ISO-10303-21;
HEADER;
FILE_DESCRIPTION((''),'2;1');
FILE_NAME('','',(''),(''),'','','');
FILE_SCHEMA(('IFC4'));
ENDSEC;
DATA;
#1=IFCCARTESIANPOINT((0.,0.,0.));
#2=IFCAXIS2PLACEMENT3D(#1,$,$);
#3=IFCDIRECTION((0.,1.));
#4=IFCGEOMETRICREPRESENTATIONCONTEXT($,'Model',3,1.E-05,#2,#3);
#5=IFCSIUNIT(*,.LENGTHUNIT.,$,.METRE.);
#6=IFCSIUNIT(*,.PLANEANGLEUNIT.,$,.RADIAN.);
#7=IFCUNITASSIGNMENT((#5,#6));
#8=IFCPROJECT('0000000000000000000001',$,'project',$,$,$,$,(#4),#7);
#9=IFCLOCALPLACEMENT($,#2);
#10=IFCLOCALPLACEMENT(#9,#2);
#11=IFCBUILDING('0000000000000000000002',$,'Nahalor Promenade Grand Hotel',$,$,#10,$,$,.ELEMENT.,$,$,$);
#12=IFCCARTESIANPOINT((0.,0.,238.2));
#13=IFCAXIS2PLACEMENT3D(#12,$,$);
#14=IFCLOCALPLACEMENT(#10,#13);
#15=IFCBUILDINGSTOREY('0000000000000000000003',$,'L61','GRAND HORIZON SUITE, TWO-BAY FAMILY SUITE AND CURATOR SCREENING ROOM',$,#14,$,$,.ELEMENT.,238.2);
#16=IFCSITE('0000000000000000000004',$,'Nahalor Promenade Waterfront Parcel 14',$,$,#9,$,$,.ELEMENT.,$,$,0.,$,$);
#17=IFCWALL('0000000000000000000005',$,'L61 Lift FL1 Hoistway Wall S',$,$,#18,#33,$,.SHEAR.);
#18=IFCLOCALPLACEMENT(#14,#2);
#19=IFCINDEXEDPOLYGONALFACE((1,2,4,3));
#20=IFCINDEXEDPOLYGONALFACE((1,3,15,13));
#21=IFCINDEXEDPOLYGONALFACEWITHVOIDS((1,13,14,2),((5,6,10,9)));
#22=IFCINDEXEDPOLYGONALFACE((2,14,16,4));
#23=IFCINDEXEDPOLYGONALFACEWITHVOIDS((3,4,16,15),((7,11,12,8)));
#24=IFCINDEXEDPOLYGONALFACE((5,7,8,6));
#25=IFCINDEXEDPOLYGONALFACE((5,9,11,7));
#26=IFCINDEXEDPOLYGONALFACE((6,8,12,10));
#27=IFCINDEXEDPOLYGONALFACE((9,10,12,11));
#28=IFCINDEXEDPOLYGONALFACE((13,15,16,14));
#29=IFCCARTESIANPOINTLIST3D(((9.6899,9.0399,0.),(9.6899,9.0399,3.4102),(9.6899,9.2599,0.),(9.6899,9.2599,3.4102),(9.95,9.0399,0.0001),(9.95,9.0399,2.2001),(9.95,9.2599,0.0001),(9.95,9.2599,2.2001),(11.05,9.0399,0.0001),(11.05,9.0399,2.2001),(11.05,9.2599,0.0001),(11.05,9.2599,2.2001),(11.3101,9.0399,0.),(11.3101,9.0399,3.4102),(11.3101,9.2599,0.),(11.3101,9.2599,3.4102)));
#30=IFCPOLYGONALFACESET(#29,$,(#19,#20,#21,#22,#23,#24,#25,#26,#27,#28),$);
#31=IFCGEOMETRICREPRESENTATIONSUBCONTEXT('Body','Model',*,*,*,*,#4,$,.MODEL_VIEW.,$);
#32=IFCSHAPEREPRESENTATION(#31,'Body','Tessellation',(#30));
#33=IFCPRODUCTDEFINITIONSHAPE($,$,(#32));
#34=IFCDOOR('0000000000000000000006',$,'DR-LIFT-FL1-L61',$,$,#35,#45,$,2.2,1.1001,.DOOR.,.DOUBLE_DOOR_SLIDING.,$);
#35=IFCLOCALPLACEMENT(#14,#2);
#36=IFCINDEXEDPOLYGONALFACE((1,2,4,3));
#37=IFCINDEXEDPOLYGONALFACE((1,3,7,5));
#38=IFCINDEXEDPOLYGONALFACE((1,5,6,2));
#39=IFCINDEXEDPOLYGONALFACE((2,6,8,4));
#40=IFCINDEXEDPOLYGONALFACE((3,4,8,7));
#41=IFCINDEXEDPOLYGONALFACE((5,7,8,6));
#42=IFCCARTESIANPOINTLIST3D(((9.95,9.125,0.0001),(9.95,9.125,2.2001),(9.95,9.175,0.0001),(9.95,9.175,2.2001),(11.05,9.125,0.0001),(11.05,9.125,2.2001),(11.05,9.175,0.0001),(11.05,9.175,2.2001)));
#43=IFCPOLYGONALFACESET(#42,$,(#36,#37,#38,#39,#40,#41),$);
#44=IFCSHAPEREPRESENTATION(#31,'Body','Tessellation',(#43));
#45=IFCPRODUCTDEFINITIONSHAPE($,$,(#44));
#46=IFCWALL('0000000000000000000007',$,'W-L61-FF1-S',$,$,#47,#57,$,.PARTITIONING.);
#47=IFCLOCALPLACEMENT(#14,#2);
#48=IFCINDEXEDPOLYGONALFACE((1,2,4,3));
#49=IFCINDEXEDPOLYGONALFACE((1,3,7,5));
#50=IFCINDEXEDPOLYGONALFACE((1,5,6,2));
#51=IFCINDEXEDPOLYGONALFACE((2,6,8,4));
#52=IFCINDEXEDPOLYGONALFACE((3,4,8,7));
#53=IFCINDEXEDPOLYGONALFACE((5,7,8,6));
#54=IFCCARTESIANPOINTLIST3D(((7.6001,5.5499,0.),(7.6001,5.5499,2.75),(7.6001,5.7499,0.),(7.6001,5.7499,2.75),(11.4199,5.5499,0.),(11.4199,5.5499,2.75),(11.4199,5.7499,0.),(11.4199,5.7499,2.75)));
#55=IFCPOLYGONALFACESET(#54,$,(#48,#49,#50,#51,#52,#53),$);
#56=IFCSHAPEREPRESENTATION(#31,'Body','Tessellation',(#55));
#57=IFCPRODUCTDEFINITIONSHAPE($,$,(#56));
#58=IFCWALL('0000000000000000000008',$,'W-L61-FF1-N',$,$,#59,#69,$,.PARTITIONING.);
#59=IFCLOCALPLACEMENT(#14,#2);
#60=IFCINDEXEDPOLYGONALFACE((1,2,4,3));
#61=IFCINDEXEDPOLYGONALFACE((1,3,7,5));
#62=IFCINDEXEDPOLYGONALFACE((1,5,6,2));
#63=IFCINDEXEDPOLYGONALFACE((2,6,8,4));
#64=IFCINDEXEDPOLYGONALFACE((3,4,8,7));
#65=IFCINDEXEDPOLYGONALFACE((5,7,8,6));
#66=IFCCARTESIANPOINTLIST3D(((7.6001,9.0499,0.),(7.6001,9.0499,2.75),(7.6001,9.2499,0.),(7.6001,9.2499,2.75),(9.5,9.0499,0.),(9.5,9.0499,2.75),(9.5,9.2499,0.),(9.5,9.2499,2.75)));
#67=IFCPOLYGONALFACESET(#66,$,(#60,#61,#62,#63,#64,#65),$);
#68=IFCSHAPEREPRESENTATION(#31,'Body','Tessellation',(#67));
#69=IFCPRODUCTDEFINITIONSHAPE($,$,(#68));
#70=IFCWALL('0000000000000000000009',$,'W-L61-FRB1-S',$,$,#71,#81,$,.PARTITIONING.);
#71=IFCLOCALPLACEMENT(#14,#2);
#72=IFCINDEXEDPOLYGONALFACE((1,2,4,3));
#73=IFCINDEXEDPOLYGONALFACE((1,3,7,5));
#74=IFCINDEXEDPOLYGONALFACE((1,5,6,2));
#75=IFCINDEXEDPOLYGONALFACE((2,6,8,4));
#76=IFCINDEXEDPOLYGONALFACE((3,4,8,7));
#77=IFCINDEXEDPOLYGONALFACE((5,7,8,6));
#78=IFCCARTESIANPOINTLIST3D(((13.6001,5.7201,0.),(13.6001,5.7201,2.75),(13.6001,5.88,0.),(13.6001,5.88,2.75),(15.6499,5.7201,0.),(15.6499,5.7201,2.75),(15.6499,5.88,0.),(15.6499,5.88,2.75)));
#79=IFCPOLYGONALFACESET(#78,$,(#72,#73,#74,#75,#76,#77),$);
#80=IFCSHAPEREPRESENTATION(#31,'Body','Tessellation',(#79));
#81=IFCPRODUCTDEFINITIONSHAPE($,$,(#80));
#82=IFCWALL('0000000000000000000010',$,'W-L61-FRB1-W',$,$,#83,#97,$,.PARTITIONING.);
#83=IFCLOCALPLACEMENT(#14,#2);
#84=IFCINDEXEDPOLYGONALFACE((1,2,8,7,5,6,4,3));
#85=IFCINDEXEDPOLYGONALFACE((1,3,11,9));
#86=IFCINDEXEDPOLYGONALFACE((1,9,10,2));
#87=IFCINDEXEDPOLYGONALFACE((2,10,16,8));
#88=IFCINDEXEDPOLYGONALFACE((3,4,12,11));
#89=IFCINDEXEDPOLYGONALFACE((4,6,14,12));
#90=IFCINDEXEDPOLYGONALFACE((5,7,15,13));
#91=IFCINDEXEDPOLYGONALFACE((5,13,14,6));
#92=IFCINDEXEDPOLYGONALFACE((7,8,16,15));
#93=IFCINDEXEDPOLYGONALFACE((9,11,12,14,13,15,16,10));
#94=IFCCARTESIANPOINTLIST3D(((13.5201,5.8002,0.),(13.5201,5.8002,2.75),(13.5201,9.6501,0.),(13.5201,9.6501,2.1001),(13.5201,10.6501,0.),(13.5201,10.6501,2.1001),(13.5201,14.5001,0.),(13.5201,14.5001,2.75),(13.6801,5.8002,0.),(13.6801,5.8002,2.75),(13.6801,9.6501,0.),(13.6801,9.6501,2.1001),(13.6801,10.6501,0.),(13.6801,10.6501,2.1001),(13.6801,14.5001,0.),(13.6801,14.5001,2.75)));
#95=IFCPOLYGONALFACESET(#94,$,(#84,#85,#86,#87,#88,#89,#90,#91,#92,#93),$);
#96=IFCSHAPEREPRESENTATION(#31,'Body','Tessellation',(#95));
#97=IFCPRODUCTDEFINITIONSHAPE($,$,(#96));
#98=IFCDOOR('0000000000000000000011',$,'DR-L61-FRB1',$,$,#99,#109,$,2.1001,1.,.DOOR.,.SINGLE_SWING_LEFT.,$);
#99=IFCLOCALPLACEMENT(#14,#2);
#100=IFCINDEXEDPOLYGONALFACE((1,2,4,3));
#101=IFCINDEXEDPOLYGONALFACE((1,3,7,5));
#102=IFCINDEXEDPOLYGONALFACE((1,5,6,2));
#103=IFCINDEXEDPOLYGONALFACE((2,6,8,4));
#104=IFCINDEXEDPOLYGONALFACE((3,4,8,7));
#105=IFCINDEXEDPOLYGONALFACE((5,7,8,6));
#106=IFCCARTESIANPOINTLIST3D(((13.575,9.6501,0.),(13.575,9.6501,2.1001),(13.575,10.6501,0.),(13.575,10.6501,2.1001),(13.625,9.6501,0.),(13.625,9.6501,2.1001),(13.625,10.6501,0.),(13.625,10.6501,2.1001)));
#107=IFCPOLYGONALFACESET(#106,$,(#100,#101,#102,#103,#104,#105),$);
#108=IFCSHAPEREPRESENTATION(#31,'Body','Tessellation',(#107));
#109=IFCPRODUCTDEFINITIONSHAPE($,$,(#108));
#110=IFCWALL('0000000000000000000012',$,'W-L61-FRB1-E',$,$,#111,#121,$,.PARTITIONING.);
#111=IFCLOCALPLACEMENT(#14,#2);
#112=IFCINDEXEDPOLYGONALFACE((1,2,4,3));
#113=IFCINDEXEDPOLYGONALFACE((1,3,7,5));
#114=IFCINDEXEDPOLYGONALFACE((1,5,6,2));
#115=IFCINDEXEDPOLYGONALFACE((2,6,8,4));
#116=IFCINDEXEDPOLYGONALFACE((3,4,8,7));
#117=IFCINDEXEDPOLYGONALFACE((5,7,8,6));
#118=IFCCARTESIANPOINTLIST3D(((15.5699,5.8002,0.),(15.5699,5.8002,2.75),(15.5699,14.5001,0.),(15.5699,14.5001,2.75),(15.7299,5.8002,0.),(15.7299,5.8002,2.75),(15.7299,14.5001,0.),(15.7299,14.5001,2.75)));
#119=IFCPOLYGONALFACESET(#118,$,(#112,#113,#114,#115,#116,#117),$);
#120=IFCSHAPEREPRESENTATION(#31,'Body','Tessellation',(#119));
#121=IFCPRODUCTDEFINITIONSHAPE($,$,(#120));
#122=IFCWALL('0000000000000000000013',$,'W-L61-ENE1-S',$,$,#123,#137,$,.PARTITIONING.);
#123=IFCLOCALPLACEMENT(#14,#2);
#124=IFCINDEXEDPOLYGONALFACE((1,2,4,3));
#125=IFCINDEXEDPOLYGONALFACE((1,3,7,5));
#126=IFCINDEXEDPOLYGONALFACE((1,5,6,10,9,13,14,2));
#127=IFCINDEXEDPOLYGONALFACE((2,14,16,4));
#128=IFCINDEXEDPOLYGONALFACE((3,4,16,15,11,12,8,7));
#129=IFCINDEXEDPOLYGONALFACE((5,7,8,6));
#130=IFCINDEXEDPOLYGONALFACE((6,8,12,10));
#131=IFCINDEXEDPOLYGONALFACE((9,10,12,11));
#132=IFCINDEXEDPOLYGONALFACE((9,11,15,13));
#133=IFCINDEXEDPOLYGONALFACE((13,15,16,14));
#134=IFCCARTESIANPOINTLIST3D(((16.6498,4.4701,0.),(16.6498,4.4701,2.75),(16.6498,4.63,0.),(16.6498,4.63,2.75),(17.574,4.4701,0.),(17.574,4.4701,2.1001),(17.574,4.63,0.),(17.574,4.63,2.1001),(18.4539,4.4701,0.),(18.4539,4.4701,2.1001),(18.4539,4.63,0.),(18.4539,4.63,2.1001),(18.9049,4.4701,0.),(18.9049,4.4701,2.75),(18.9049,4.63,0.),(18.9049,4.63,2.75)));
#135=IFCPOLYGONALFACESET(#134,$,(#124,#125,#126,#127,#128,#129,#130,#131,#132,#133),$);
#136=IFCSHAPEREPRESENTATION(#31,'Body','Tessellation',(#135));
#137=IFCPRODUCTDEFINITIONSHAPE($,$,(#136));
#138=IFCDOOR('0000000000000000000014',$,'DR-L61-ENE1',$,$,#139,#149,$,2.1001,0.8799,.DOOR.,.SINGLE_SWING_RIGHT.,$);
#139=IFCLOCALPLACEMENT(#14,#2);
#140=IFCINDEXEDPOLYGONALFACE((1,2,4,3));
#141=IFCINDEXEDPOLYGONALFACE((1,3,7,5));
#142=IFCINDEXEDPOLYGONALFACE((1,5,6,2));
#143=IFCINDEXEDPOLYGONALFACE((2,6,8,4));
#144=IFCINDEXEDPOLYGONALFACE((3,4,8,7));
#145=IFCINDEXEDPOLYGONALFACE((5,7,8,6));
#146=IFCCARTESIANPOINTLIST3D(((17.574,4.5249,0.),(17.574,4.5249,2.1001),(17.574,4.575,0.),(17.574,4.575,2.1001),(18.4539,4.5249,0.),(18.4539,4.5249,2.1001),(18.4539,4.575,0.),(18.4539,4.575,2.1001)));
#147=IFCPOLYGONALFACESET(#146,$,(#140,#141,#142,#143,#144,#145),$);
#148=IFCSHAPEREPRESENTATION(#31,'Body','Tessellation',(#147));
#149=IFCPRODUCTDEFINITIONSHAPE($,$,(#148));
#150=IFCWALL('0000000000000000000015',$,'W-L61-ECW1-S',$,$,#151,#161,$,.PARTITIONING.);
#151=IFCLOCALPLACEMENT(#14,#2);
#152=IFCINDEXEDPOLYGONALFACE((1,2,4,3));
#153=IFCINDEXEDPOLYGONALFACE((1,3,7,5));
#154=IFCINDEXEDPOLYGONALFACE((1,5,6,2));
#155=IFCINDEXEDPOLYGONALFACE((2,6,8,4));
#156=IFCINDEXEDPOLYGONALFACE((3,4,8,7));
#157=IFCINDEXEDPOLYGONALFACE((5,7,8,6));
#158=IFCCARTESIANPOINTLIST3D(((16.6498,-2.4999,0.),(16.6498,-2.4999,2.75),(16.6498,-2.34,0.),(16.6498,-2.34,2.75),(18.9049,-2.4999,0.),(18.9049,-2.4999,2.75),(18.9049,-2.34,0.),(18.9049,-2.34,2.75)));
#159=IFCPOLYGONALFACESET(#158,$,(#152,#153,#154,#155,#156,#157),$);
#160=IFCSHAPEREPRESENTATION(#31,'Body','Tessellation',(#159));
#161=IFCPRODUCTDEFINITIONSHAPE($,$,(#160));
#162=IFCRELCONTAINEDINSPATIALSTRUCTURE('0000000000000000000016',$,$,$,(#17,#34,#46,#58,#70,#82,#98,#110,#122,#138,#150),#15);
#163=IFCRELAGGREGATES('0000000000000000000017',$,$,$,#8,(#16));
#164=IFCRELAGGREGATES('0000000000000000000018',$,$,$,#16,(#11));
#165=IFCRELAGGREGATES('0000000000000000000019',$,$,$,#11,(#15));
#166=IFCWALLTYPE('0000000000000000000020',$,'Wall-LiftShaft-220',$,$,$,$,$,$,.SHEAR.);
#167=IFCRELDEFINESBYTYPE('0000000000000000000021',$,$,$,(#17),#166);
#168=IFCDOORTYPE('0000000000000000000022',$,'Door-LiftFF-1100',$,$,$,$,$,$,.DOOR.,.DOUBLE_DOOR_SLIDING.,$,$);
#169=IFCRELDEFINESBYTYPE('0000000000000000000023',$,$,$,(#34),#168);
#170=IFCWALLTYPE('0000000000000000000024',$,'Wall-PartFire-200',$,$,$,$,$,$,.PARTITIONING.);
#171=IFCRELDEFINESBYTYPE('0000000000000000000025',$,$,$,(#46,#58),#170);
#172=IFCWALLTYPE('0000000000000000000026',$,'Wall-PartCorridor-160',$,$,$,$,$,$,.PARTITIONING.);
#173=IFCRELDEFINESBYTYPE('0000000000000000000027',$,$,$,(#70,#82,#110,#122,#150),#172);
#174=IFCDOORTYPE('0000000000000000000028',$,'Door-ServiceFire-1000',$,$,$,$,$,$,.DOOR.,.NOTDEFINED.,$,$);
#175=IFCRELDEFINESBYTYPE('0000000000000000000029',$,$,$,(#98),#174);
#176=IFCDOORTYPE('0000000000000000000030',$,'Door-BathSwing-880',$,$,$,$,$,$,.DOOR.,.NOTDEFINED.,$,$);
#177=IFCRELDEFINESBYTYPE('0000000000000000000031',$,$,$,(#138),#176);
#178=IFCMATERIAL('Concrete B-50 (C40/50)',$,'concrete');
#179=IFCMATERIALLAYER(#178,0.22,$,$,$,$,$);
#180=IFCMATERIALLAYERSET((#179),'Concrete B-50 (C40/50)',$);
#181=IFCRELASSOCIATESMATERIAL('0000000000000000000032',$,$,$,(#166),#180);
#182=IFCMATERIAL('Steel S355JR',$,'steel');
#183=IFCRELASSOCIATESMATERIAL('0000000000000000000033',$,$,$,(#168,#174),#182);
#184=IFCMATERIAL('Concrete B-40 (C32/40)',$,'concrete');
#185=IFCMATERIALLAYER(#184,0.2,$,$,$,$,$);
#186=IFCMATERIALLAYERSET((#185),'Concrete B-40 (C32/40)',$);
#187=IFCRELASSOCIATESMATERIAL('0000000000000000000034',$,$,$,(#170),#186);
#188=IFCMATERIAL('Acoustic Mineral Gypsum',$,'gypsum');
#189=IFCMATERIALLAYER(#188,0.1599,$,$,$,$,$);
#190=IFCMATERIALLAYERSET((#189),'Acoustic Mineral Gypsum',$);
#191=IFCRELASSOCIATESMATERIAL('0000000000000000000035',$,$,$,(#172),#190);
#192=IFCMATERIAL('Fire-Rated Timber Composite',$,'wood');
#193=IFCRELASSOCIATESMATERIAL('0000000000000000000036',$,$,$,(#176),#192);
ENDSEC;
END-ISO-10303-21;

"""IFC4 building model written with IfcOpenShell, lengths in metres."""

from ifc_helpers import new_model, si_unit, direction, frame, frame_2d, origin, place, context, subcontext, project, spatial, rectangle, extrude, source, transform, mapped, material, layer, layer_set, type_object, element, fill, save


model = new_model("IFC4")

# Units and contexts
model_context = context("Model", 3, precision=1e-05, world=origin(), true_north=direction((0.0, 1.0)))
body_context = subcontext(model_context, "Body", "Model", "MODEL_VIEW")
ifc_project = project(units=[si_unit("LENGTHUNIT", "METRE"), si_unit("PLANEANGLEUNIT", "RADIAN")], contexts=[model_context])

# Site, building, storey
site_placement = place(None, origin())
site = spatial("IfcSite", under=ifc_project, at=site_placement, Name="Nahalor Promenade Waterfront Parcel 14", CompositionType="ELEMENT", RefElevation=0.0)
building_placement = place(site_placement, origin())
building = spatial("IfcBuilding", under=site, at=building_placement, Name="Nahalor Promenade Grand Hotel", CompositionType="ELEMENT")
storey_placement = place(building_placement, frame((0.0, 0.0, 238.2)))
storey = spatial("IfcBuildingStorey", under=building, at=storey_placement, Name="L61", Description="GRAND HORIZON SUITE, TWO-BAY FAMILY SUITE AND CURATOR SCREENING ROOM", CompositionType="ELEMENT", Elevation=238.2)

# Shared definitions
ifc_material_1 = material(Name="Steel S355JR", Category="steel")

# Shared definitions
ifc_material_2 = material(Name="Concrete B-50 (C40/50)", Category="concrete")

# Shared definitions
ifc_layer_1 = layer(ifc_material_2, 0.22)
ifc_layer_set_1 = layer_set([ifc_layer_1], Name="Concrete B-50 (C40/50)")
wall_type_1 = type_object("IfcWallType", Name="Wall-LiftShaft-220", PredefinedType="SHEAR", material=ifc_layer_set_1)

# Wall, opening, door
shared_shape_1 = source(origin(), body_context, "Body", "SweptSolid", [
    extrude(rectangle(XDim=1.6201, YDim=0.22, at=frame_2d((0.8101, 0.0))), origin(), (0.0, 0.0, 1.0), 3.4102),
])
wall_1_placement = place(storey_placement, frame((9.6899, 9.1499, 0.0), z_axis=(0.0, 0.0, 1.0), x_axis=(1.0, 0.0, 0.0)))
wall_1 = element("IfcWall", 1, at=wall_1_placement, inside=storey, type_object=wall_type_1, Name="L61 Lift FL1 Hoistway Wall S", PredefinedType="SHEAR", context=body_context, shape_type="MappedRepresentation", body=[
    mapped(shared_shape_1, transform((0.0, 0.0, 0.0), scale=1.0)),
])
opening_1_placement = place(wall_1_placement, frame((0.26, 0.0, 0.0)))
opening_1 = element("IfcOpeningElement", 2, at=opening_1_placement, cuts=wall_1, PredefinedType="OPENING", context=body_context, shape_type="SweptSolid", body=[
    extrude(rectangle(XDim=1.1001, YDim=2.2, at=frame_2d((0.55, 1.1001))), frame((0.0, 0.1199, 0.0), z_axis=(0.0, -1.0, 0.0), x_axis=(1.0, 0.0, 0.0)), (0.0, 0.0, 1.0), 0.24),
])
door_type_1 = type_object("IfcDoorType", Name="Door-LiftFF-1100", OperationType="DOUBLE_DOOR_SLIDING", PredefinedType="DOOR", material=ifc_material_1)
shared_shape_2 = source(origin(), body_context, "Body", "SweptSolid", [
    extrude(rectangle(XDim=1.1001, YDim=2.2, at=frame_2d((0.55, 1.1001))), frame((0.0, 0.0249, 0.0), z_axis=(0.0, -1.0, 0.0), x_axis=(1.0, 0.0, 0.0)), (0.0, 0.0, 1.0), 0.05),
])
door_1_placement = place(opening_1_placement, frame((1.1001, 0.0, 0.0), z_axis=(0.0, 0.0, 1.0), x_axis=(-1.0, 0.0, 0.0)))
door_1 = element("IfcDoor", 3, at=door_1_placement, inside=storey, type_object=door_type_1, Name="DR-LIFT-FL1-L61", OperationType="DOUBLE_DOOR_SLIDING", OverallHeight=2.2, OverallWidth=1.1001, PredefinedType="DOOR", context=body_context, shape_type="MappedRepresentation", body=[
    mapped(shared_shape_2, transform((0.0, 0.0, 0.0), scale=1.0)),
])
fill(opening_1, door_1)

# Walls
ifc_material_3 = material(Name="Concrete B-40 (C32/40)", Category="concrete")
ifc_layer_2 = layer(ifc_material_3, 0.2)
ifc_layer_set_2 = layer_set([ifc_layer_2], Name="Concrete B-40 (C32/40)")
wall_type_2 = type_object("IfcWallType", Name="Wall-PartFire-200", PredefinedType="PARTITIONING", material=ifc_layer_set_2)
shared_shape_3 = source(origin(), body_context, "Body", "SweptSolid", [
    extrude(rectangle(XDim=3.8198, YDim=0.2, at=frame_2d((1.9099, 0.0))), origin(), (0.0, 0.0, 1.0), 2.75),
])
wall_2_placement = place(storey_placement, frame((7.6001, 5.6499, 0.0), z_axis=(0.0, 0.0, 1.0), x_axis=(1.0, 0.0, 0.0)))
element("IfcWall", 4, at=wall_2_placement, inside=storey, type_object=wall_type_2, Name="W-L61-FF1-S", PredefinedType="PARTITIONING", context=body_context, shape_type="MappedRepresentation", body=[
    mapped(shared_shape_3, transform((0.0, 0.0, 0.0), scale=1.0)),
])
shared_shape_4 = source(origin(), body_context, "Body", "SweptSolid", [
    extrude(rectangle(XDim=1.8999, YDim=0.2, at=frame_2d((0.95, 0.0))), origin(), (0.0, 0.0, 1.0), 2.75),
])
wall_3_placement = place(storey_placement, frame((7.6001, 9.1499, 0.0), z_axis=(0.0, 0.0, 1.0), x_axis=(1.0, 0.0, 0.0)))
element("IfcWall", 5, at=wall_3_placement, inside=storey, type_object=wall_type_2, Name="W-L61-FF1-N", PredefinedType="PARTITIONING", context=body_context, shape_type="MappedRepresentation", body=[
    mapped(shared_shape_4, transform((0.0, 0.0, 0.0), scale=1.0)),
])

# Wall
ifc_material_4 = material(Name="Acoustic Mineral Gypsum", Category="gypsum")
ifc_layer_3 = layer(ifc_material_4, 0.1599)
ifc_layer_set_3 = layer_set([ifc_layer_3], Name="Acoustic Mineral Gypsum")
wall_type_3 = type_object("IfcWallType", Name="Wall-PartCorridor-160", PredefinedType="PARTITIONING", material=ifc_layer_set_3)
shared_shape_5 = source(origin(), body_context, "Body", "SweptSolid", [
    extrude(rectangle(XDim=2.0498, YDim=0.1599, at=frame_2d((1.0249, 0.0))), origin(), (0.0, 0.0, 1.0), 2.75),
])
wall_4_placement = place(storey_placement, frame((13.6001, 5.8, 0.0), z_axis=(0.0, 0.0, 1.0), x_axis=(1.0, 0.0, 0.0)))
element("IfcWall", 6, at=wall_4_placement, inside=storey, type_object=wall_type_3, Name="W-L61-FRB1-S", PredefinedType="PARTITIONING", context=body_context, shape_type="MappedRepresentation", body=[
    mapped(shared_shape_5, transform((0.0, 0.0, 0.0), scale=1.0)),
])

# Wall, opening, door
shared_shape_6 = source(origin(), body_context, "Body", "SweptSolid", [
    extrude(rectangle(XDim=8.7, YDim=0.1599, at=frame_2d((4.3501, 0.0))), origin(), (0.0, 0.0, 1.0), 2.75),
])
wall_5_placement = place(storey_placement, frame((13.6001, 5.8, 0.0), z_axis=(0.0, 0.0, 1.0), x_axis=(0.0, 1.0, 0.0)))
wall_5 = element("IfcWall", 7, at=wall_5_placement, inside=storey, type_object=wall_type_3, Name="W-L61-FRB1-W", PredefinedType="PARTITIONING", context=body_context, shape_type="MappedRepresentation", body=[
    mapped(shared_shape_6, transform((0.0, 0.0, 0.0), scale=1.0)),
])
opening_2_placement = place(wall_5_placement, frame((3.8501, 0.0, 0.0)))
opening_2 = element("IfcOpeningElement", 8, at=opening_2_placement, cuts=wall_5, PredefinedType="OPENING", context=body_context, shape_type="SweptSolid", body=[
    extrude(rectangle(XDim=1.0, YDim=2.1001, at=frame_2d((0.5, 1.05))), frame((0.0, 0.0898, 0.0), z_axis=(0.0, -1.0, 0.0), x_axis=(1.0, 0.0, 0.0)), (0.0, 0.0, 1.0), 0.1799),
])
door_type_2 = type_object("IfcDoorType", Name="Door-ServiceFire-1000", OperationType="NOTDEFINED", PredefinedType="DOOR", material=ifc_material_1)
shared_shape_7 = source(origin(), body_context, "Body", "SweptSolid", [
    extrude(rectangle(XDim=1.0, YDim=2.1001, at=frame_2d((0.5, 1.05))), frame((0.0, 0.0249, 0.0), z_axis=(0.0, -1.0, 0.0), x_axis=(1.0, 0.0, 0.0)), (0.0, 0.0, 1.0), 0.05),
])
door_2_placement = place(opening_2_placement, frame((1.0, 0.0, 0.0), z_axis=(0.0, 0.0, 1.0), x_axis=(-1.0, 0.0, 0.0)))
door_2 = element("IfcDoor", 9, at=door_2_placement, inside=storey, type_object=door_type_2, Name="DR-L61-FRB1", OperationType="SINGLE_SWING_LEFT", OverallHeight=2.1001, OverallWidth=1.0, PredefinedType="DOOR", context=body_context, shape_type="MappedRepresentation", body=[
    mapped(shared_shape_7, transform((0.0, 0.0, 0.0), scale=1.0)),
])
fill(opening_2, door_2)

# Wall
wall_6_placement = place(storey_placement, frame((15.6499, 5.8, 0.0), z_axis=(0.0, 0.0, 1.0), x_axis=(0.0, 1.0, 0.0)))
element("IfcWall", 10, at=wall_6_placement, inside=storey, type_object=wall_type_3, Name="W-L61-FRB1-E", PredefinedType="PARTITIONING", context=body_context, shape_type="MappedRepresentation", body=[
    mapped(shared_shape_6, transform((0.0, 0.0, 0.0), scale=1.0)),
])

# Wall, opening, door
shared_shape_8 = source(origin(), body_context, "Body", "SweptSolid", [
    extrude(rectangle(XDim=2.2551, YDim=0.1599, at=frame_2d((1.1274, 0.0))), origin(), (0.0, 0.0, 1.0), 2.75),
])
wall_7_placement = place(storey_placement, frame((16.6499, 4.55, 0.0), z_axis=(0.0, 0.0, 1.0), x_axis=(1.0, 0.0, 0.0)))
wall_7 = element("IfcWall", 11, at=wall_7_placement, inside=storey, type_object=wall_type_3, Name="W-L61-ENE1-S", PredefinedType="PARTITIONING", context=body_context, shape_type="MappedRepresentation", body=[
    mapped(shared_shape_8, transform((0.0, 0.0, 0.0), scale=1.0)),
])
opening_3_placement = place(wall_7_placement, frame((0.9241, 0.0, 0.0)))
opening_3 = element("IfcOpeningElement", 12, at=opening_3_placement, cuts=wall_7, PredefinedType="OPENING", context=body_context, shape_type="SweptSolid", body=[
    extrude(rectangle(XDim=0.8799, YDim=2.1001, at=frame_2d((0.4399, 1.05))), frame((0.0, 0.0898, 0.0), z_axis=(0.0, -1.0, 0.0), x_axis=(1.0, 0.0, 0.0)), (0.0, 0.0, 1.0), 0.1799),
])
ifc_material_5 = material(Name="Fire-Rated Timber Composite", Category="wood")
door_type_3 = type_object("IfcDoorType", Name="Door-BathSwing-880", OperationType="NOTDEFINED", PredefinedType="DOOR", material=ifc_material_5)
shared_shape_9 = source(origin(), body_context, "Body", "SweptSolid", [
    extrude(rectangle(XDim=0.8799, YDim=2.1001, at=frame_2d((0.4399, 1.05))), frame((0.0, 0.0249, 0.0), z_axis=(0.0, -1.0, 0.0), x_axis=(1.0, 0.0, 0.0)), (0.0, 0.0, 1.0), 0.05),
])
door_3_placement = place(opening_3_placement, origin())
door_3 = element("IfcDoor", 13, at=door_3_placement, inside=storey, type_object=door_type_3, Name="DR-L61-ENE1", OperationType="SINGLE_SWING_RIGHT", OverallHeight=2.1001, OverallWidth=0.8799, PredefinedType="DOOR", context=body_context, shape_type="MappedRepresentation", body=[
    mapped(shared_shape_9, transform((0.0, 0.0, 0.0), scale=1.0)),
])
fill(opening_3, door_3)

# Wall
wall_8_placement = place(storey_placement, frame((16.6499, -2.4199, 0.0), z_axis=(0.0, 0.0, 1.0), x_axis=(1.0, 0.0, 0.0)))
element("IfcWall", 14, at=wall_8_placement, inside=storey, type_object=wall_type_3, Name="W-L61-ECW1-S", PredefinedType="PARTITIONING", context=body_context, shape_type="MappedRepresentation", body=[
    mapped(shared_shape_8, transform((0.0, 0.0, 0.0), scale=1.0)),
])

save(model, "model.ifc")
